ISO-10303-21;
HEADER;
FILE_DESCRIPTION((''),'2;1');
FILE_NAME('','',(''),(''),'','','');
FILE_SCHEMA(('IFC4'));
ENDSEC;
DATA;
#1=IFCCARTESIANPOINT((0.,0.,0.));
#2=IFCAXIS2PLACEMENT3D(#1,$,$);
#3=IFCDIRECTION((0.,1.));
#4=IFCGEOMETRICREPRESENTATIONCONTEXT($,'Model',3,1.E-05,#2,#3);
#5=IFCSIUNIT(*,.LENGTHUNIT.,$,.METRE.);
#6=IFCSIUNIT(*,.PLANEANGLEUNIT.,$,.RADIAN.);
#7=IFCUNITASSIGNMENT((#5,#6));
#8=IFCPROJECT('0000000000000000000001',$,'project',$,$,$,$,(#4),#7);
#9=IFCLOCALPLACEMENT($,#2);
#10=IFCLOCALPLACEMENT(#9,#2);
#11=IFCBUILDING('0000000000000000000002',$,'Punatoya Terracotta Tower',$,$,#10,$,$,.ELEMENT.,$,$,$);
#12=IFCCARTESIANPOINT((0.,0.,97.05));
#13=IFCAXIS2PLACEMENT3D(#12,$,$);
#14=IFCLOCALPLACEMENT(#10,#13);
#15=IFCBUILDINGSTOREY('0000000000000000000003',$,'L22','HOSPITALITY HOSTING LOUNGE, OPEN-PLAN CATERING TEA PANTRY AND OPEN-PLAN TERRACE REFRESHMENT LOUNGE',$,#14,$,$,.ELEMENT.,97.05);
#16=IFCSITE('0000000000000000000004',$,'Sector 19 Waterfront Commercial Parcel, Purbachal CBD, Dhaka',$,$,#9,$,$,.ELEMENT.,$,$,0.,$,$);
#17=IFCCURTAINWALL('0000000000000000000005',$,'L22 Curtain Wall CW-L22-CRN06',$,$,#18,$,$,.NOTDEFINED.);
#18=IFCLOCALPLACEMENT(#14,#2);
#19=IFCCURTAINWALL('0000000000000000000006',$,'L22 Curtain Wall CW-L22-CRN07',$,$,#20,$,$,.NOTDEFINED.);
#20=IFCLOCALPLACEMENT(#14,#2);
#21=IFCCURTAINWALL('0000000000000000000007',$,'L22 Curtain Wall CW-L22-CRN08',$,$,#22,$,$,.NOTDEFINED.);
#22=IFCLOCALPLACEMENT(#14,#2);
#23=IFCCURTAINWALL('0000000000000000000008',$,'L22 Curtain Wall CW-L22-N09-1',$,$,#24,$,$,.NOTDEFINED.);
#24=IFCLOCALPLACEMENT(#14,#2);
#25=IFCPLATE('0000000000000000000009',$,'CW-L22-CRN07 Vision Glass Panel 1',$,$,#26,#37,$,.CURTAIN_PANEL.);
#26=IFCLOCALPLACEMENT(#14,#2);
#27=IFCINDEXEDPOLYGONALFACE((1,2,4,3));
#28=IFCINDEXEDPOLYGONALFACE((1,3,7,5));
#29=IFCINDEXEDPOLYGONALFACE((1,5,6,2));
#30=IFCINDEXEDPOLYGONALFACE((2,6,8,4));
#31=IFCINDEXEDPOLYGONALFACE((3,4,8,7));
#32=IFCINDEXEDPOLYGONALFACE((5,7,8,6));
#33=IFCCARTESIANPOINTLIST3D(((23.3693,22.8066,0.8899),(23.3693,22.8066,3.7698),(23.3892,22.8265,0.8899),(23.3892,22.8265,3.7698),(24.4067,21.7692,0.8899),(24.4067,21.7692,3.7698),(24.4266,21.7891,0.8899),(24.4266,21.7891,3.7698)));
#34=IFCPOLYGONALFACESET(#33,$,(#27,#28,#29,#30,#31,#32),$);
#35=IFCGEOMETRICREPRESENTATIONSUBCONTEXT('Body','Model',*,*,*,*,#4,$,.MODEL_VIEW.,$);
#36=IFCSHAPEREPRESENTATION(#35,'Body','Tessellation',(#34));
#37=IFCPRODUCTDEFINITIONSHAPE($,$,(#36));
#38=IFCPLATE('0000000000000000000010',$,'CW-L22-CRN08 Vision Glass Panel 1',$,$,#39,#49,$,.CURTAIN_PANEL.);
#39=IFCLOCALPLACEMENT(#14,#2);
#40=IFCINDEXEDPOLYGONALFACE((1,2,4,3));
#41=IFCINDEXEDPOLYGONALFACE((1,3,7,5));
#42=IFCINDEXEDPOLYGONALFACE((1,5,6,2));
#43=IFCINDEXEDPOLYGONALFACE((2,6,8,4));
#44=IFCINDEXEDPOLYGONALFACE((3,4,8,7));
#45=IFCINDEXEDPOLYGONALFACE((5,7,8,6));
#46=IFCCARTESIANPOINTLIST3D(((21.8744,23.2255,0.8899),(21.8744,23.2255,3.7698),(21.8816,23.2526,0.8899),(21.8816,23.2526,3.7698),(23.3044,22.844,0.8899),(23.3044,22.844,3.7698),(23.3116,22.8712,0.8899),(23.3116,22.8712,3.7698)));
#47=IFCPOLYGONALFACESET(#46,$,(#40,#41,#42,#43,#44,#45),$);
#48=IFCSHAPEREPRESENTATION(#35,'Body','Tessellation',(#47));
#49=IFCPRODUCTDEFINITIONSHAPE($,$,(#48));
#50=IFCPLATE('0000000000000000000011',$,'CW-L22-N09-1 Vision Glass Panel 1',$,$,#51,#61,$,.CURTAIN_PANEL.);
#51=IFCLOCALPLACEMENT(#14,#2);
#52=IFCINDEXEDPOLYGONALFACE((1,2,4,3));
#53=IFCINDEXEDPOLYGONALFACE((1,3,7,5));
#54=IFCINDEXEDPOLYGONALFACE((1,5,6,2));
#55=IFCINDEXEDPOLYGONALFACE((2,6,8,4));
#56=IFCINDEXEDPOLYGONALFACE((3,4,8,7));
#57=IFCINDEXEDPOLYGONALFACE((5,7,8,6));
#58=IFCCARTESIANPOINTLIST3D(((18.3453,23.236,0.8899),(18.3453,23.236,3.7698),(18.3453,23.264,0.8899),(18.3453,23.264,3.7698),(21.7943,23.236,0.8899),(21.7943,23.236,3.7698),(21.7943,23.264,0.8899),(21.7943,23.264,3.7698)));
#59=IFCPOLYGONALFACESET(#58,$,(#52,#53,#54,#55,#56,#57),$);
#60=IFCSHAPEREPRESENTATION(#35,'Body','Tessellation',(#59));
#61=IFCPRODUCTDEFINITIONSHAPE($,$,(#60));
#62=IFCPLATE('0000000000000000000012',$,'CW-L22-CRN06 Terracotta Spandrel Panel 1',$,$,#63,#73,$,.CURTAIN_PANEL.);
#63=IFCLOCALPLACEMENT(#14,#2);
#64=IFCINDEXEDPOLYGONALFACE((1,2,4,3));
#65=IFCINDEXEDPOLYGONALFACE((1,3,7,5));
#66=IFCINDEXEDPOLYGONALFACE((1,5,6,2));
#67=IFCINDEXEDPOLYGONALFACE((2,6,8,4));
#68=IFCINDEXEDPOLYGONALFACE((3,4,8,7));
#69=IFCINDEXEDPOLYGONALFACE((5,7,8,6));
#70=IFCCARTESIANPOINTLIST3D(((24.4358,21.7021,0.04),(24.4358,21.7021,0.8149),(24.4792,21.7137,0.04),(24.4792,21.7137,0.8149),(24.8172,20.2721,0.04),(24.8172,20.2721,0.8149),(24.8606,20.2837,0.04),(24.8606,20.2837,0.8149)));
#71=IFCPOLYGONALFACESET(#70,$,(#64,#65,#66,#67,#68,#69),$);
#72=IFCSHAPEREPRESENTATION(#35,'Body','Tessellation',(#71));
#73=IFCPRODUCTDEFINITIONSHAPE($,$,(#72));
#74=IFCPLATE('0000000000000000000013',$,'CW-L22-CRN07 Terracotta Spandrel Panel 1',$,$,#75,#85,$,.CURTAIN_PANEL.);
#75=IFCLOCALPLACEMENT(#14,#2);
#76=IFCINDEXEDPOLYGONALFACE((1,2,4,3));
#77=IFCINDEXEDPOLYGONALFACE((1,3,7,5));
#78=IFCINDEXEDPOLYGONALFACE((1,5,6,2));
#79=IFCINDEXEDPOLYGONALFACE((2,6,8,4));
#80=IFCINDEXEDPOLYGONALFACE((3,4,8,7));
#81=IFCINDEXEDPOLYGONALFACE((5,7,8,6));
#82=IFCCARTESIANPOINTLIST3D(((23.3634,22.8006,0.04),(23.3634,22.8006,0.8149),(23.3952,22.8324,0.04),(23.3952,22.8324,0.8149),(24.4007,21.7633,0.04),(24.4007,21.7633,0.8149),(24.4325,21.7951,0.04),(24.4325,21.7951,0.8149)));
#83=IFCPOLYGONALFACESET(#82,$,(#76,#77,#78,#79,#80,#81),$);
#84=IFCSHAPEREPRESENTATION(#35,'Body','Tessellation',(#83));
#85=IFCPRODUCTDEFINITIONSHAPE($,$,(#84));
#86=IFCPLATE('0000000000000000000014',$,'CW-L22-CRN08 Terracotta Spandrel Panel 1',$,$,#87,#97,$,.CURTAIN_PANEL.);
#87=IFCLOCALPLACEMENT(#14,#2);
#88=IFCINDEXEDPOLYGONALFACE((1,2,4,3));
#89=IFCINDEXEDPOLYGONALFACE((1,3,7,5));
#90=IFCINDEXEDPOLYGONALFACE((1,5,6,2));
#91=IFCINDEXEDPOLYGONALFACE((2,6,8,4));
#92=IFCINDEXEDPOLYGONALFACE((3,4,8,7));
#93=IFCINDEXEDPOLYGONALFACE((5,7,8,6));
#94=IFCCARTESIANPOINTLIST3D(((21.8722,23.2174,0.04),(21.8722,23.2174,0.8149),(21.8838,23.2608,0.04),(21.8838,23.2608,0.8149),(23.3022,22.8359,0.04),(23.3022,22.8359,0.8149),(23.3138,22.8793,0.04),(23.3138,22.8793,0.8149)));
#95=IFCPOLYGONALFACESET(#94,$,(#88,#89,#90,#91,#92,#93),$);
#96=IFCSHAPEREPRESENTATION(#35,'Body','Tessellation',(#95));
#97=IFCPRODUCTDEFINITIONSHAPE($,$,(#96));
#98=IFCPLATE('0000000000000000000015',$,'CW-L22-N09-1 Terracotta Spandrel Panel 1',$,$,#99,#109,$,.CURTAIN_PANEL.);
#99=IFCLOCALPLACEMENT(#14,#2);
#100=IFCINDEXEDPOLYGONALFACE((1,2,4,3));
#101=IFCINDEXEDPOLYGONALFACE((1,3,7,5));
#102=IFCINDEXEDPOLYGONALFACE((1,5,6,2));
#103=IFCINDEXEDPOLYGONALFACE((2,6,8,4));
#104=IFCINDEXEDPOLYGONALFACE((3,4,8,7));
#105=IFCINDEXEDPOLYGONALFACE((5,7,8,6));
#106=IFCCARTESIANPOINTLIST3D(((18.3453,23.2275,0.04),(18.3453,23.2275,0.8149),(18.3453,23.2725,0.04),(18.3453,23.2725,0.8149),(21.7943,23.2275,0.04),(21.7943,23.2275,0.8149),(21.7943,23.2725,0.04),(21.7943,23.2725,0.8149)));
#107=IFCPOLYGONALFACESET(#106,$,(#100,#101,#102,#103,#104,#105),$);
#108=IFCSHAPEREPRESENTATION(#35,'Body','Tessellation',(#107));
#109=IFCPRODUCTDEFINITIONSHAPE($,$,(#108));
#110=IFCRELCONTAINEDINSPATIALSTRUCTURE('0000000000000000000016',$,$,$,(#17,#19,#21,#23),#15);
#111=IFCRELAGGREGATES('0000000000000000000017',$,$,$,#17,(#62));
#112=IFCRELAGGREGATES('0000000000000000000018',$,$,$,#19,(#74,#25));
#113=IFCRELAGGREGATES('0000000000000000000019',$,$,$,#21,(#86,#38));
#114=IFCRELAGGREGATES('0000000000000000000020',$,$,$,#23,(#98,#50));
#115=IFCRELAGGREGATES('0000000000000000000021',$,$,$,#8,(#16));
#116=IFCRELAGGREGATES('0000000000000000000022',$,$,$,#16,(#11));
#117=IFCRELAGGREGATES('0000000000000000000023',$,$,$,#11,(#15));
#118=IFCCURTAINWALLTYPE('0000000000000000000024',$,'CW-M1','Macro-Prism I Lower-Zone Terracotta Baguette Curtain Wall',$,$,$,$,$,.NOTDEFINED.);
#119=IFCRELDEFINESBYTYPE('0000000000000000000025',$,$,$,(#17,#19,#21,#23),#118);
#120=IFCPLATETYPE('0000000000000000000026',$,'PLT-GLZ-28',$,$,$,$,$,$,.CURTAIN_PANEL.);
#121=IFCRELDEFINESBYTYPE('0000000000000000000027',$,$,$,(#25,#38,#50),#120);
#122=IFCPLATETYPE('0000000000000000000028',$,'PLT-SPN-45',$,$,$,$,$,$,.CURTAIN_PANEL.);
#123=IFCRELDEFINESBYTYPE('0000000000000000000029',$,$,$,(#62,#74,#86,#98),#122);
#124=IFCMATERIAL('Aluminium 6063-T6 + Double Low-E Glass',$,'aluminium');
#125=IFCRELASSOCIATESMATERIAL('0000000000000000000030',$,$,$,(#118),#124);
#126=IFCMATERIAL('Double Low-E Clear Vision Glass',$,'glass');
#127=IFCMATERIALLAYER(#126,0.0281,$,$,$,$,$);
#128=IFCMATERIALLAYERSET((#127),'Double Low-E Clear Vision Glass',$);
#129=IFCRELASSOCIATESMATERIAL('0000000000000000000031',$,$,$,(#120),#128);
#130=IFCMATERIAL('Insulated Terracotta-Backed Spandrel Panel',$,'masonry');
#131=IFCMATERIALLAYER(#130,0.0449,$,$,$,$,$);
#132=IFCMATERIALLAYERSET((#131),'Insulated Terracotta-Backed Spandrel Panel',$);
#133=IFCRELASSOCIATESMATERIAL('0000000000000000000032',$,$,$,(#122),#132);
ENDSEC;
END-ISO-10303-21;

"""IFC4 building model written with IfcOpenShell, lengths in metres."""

from ifc_helpers import new_model, si_unit, direction, frame, origin, origin_2d, place, context, subcontext, project, spatial, rectangle, extrude, material, layer, layer_set, type_object, element, aggregate, save


model = new_model("IFC4")

# Units and contexts
model_context = context("Model", 3, precision=1e-05, world=origin(), true_north=direction((0.0, 1.0)))
body_context = subcontext(model_context, "Body", "Model", "MODEL_VIEW")
ifc_project = project(units=[si_unit("LENGTHUNIT", "METRE"), si_unit("PLANEANGLEUNIT", "RADIAN")], contexts=[model_context])

# Site, building, storey
site_placement = place(None, origin())
site = spatial("IfcSite", under=ifc_project, at=site_placement, Name="Sector 19 Waterfront Commercial Parcel, Purbachal CBD, Dhaka", CompositionType="ELEMENT", RefElevation=0.0)
building_placement = place(site_placement, origin())
building = spatial("IfcBuilding", under=site, at=building_placement, Name="Punatoya Terracotta Tower", CompositionType="ELEMENT")
storey_placement = place(building_placement, frame((0.0, 0.0, 97.05)))
storey = spatial("IfcBuildingStorey", under=building, at=storey_placement, Name="L22", Description="HOSPITALITY HOSTING LOUNGE, OPEN-PLAN CATERING TEA PANTRY AND OPEN-PLAN TERRACE REFRESHMENT LOUNGE", CompositionType="ELEMENT", Elevation=97.05)

# Curtain walls
ifc_material_1 = material(Name="Aluminium 6063-T6 + Double Low-E Glass", Category="aluminium")
curtain_wall_type = type_object("IfcCurtainWallType", Name="CW-M1", Description="Macro-Prism I Lower-Zone Terracotta Baguette Curtain Wall", PredefinedType="NOTDEFINED", material=ifc_material_1)
curtain_wall_1_placement = place(storey_placement, origin())
curtain_wall_1 = element("IfcCurtainWall", 1, at=curtain_wall_1_placement, inside=storey, type_object=curtain_wall_type, Name="L22 Curtain Wall CW-L22-CRN06", PredefinedType="NOTDEFINED")
curtain_wall_2_placement = place(storey_placement, origin())
curtain_wall_2 = element("IfcCurtainWall", 2, at=curtain_wall_2_placement, inside=storey, type_object=curtain_wall_type, Name="L22 Curtain Wall CW-L22-CRN07", PredefinedType="NOTDEFINED")
curtain_wall_3_placement = place(storey_placement, origin())
curtain_wall_3 = element("IfcCurtainWall", 3, at=curtain_wall_3_placement, inside=storey, type_object=curtain_wall_type, Name="L22 Curtain Wall CW-L22-CRN08", PredefinedType="NOTDEFINED")

# Curtain wall
curtain_wall_4_placement = place(storey_placement, origin())
curtain_wall_4 = element("IfcCurtainWall", 4, at=curtain_wall_4_placement, inside=storey, type_object=curtain_wall_type, Name="L22 Curtain Wall CW-L22-N09-1", PredefinedType="NOTDEFINED")

# Plates
ifc_material_2 = material(Name="Double Low-E Clear Vision Glass", Category="glass")
ifc_layer_1 = layer(ifc_material_2, 0.0281)
ifc_layer_set_1 = layer_set([ifc_layer_1], Name="Double Low-E Clear Vision Glass")
plate_type_1 = type_object("IfcPlateType", Name="PLT-GLZ-28", PredefinedType="CURTAIN_PANEL", material=ifc_layer_set_1)
plate_1_placement = place(storey_placement, frame((23.8979, 22.2979, 0.8899), z_axis=(0.0, 0.0, 1.0), x_axis=(-0.707107, 0.707107, 0.0)))
plate_1 = element("IfcPlate", 5, at=plate_1_placement, type_object=plate_type_1, Name="CW-L22-CRN07 Vision Glass Panel 1", PredefinedType="CURTAIN_PANEL", context=body_context, shape_type="SweptSolid", body=[
    extrude(rectangle(XDim=1.467, YDim=0.0281, at=origin_2d()), origin(), (0.0, 0.0, 1.0), 2.8799),
])
plate_2_placement = place(storey_placement, frame((22.593, 23.0483, 0.8899), z_axis=(0.0, 0.0, 1.0), x_axis=(-0.966214, 0.257742, 0.0)))
plate_2 = element("IfcPlate", 6, at=plate_2_placement, type_object=plate_type_1, Name="CW-L22-CRN08 Vision Glass Panel 1", PredefinedType="CURTAIN_PANEL", context=body_context, shape_type="SweptSolid", body=[
    extrude(rectangle(XDim=1.48, YDim=0.0281, at=origin_2d()), origin(), (0.0, 0.0, 1.0), 2.8799),
])
plate_3_placement = place(storey_placement, frame((20.0698, 23.25, 0.8899), z_axis=(0.0, 0.0, 1.0), x_axis=(-1.0, 0.0, 0.0)))
plate_3 = element("IfcPlate", 7, at=plate_3_placement, type_object=plate_type_1, Name="CW-L22-N09-1 Vision Glass Panel 1", PredefinedType="CURTAIN_PANEL", context=body_context, shape_type="SweptSolid", body=[
    extrude(rectangle(XDim=3.449, YDim=0.0281, at=origin_2d()), origin(), (0.0, 0.0, 1.0), 2.8799),
])
ifc_material_3 = material(Name="Insulated Terracotta-Backed Spandrel Panel", Category="masonry")
ifc_layer_2 = layer(ifc_material_3, 0.0449)
ifc_layer_set_2 = layer_set([ifc_layer_2], Name="Insulated Terracotta-Backed Spandrel Panel")
plate_type_2 = type_object("IfcPlateType", Name="PLT-SPN-45", PredefinedType="CURTAIN_PANEL", material=ifc_layer_set_2)
plate_4_placement = place(storey_placement, frame((24.6482, 20.9929, 0.04), z_axis=(0.0, 0.0, 1.0), x_axis=(-0.257742, 0.966214, 0.0)))
plate_4 = element("IfcPlate", 8, at=plate_4_placement, type_object=plate_type_2, Name="CW-L22-CRN06 Terracotta Spandrel Panel 1", PredefinedType="CURTAIN_PANEL", context=body_context, shape_type="SweptSolid", body=[
    extrude(rectangle(XDim=1.48, YDim=0.0449, at=origin_2d()), origin(), (0.0, 0.0, 1.0), 0.7749),
])
aggregate(curtain_wall_1, [plate_4])
plate_5_placement = place(storey_placement, frame((23.8979, 22.2979, 0.04), z_axis=(0.0, 0.0, 1.0), x_axis=(-0.707107, 0.707107, 0.0)))
plate_5 = element("IfcPlate", 9, at=plate_5_placement, type_object=plate_type_2, Name="CW-L22-CRN07 Terracotta Spandrel Panel 1", PredefinedType="CURTAIN_PANEL", context=body_context, shape_type="SweptSolid", body=[
    extrude(rectangle(XDim=1.467, YDim=0.0449, at=origin_2d()), origin(), (0.0, 0.0, 1.0), 0.7749),
])
aggregate(curtain_wall_2, [plate_5, plate_1])
plate_6_placement = place(storey_placement, frame((22.593, 23.0483, 0.04), z_axis=(0.0, 0.0, 1.0), x_axis=(-0.966214, 0.257742, 0.0)))
plate_6 = element("IfcPlate", 10, at=plate_6_placement, type_object=plate_type_2, Name="CW-L22-CRN08 Terracotta Spandrel Panel 1", PredefinedType="CURTAIN_PANEL", context=body_context, shape_type="SweptSolid", body=[
    extrude(rectangle(XDim=1.48, YDim=0.0449, at=origin_2d()), origin(), (0.0, 0.0, 1.0), 0.7749),
])
aggregate(curtain_wall_3, [plate_6, plate_2])
plate_7_placement = place(storey_placement, frame((20.0698, 23.25, 0.04), z_axis=(0.0, 0.0, 1.0), x_axis=(-1.0, 0.0, 0.0)))
plate_7 = element("IfcPlate", 11, at=plate_7_placement, type_object=plate_type_2, Name="CW-L22-N09-1 Terracotta Spandrel Panel 1", PredefinedType="CURTAIN_PANEL", context=body_context, shape_type="SweptSolid", body=[
    extrude(rectangle(XDim=3.449, YDim=0.0449, at=origin_2d()), origin(), (0.0, 0.0, 1.0), 0.7749),
])
aggregate(curtain_wall_4, [plate_7, plate_3])

save(model, "model.ifc")
